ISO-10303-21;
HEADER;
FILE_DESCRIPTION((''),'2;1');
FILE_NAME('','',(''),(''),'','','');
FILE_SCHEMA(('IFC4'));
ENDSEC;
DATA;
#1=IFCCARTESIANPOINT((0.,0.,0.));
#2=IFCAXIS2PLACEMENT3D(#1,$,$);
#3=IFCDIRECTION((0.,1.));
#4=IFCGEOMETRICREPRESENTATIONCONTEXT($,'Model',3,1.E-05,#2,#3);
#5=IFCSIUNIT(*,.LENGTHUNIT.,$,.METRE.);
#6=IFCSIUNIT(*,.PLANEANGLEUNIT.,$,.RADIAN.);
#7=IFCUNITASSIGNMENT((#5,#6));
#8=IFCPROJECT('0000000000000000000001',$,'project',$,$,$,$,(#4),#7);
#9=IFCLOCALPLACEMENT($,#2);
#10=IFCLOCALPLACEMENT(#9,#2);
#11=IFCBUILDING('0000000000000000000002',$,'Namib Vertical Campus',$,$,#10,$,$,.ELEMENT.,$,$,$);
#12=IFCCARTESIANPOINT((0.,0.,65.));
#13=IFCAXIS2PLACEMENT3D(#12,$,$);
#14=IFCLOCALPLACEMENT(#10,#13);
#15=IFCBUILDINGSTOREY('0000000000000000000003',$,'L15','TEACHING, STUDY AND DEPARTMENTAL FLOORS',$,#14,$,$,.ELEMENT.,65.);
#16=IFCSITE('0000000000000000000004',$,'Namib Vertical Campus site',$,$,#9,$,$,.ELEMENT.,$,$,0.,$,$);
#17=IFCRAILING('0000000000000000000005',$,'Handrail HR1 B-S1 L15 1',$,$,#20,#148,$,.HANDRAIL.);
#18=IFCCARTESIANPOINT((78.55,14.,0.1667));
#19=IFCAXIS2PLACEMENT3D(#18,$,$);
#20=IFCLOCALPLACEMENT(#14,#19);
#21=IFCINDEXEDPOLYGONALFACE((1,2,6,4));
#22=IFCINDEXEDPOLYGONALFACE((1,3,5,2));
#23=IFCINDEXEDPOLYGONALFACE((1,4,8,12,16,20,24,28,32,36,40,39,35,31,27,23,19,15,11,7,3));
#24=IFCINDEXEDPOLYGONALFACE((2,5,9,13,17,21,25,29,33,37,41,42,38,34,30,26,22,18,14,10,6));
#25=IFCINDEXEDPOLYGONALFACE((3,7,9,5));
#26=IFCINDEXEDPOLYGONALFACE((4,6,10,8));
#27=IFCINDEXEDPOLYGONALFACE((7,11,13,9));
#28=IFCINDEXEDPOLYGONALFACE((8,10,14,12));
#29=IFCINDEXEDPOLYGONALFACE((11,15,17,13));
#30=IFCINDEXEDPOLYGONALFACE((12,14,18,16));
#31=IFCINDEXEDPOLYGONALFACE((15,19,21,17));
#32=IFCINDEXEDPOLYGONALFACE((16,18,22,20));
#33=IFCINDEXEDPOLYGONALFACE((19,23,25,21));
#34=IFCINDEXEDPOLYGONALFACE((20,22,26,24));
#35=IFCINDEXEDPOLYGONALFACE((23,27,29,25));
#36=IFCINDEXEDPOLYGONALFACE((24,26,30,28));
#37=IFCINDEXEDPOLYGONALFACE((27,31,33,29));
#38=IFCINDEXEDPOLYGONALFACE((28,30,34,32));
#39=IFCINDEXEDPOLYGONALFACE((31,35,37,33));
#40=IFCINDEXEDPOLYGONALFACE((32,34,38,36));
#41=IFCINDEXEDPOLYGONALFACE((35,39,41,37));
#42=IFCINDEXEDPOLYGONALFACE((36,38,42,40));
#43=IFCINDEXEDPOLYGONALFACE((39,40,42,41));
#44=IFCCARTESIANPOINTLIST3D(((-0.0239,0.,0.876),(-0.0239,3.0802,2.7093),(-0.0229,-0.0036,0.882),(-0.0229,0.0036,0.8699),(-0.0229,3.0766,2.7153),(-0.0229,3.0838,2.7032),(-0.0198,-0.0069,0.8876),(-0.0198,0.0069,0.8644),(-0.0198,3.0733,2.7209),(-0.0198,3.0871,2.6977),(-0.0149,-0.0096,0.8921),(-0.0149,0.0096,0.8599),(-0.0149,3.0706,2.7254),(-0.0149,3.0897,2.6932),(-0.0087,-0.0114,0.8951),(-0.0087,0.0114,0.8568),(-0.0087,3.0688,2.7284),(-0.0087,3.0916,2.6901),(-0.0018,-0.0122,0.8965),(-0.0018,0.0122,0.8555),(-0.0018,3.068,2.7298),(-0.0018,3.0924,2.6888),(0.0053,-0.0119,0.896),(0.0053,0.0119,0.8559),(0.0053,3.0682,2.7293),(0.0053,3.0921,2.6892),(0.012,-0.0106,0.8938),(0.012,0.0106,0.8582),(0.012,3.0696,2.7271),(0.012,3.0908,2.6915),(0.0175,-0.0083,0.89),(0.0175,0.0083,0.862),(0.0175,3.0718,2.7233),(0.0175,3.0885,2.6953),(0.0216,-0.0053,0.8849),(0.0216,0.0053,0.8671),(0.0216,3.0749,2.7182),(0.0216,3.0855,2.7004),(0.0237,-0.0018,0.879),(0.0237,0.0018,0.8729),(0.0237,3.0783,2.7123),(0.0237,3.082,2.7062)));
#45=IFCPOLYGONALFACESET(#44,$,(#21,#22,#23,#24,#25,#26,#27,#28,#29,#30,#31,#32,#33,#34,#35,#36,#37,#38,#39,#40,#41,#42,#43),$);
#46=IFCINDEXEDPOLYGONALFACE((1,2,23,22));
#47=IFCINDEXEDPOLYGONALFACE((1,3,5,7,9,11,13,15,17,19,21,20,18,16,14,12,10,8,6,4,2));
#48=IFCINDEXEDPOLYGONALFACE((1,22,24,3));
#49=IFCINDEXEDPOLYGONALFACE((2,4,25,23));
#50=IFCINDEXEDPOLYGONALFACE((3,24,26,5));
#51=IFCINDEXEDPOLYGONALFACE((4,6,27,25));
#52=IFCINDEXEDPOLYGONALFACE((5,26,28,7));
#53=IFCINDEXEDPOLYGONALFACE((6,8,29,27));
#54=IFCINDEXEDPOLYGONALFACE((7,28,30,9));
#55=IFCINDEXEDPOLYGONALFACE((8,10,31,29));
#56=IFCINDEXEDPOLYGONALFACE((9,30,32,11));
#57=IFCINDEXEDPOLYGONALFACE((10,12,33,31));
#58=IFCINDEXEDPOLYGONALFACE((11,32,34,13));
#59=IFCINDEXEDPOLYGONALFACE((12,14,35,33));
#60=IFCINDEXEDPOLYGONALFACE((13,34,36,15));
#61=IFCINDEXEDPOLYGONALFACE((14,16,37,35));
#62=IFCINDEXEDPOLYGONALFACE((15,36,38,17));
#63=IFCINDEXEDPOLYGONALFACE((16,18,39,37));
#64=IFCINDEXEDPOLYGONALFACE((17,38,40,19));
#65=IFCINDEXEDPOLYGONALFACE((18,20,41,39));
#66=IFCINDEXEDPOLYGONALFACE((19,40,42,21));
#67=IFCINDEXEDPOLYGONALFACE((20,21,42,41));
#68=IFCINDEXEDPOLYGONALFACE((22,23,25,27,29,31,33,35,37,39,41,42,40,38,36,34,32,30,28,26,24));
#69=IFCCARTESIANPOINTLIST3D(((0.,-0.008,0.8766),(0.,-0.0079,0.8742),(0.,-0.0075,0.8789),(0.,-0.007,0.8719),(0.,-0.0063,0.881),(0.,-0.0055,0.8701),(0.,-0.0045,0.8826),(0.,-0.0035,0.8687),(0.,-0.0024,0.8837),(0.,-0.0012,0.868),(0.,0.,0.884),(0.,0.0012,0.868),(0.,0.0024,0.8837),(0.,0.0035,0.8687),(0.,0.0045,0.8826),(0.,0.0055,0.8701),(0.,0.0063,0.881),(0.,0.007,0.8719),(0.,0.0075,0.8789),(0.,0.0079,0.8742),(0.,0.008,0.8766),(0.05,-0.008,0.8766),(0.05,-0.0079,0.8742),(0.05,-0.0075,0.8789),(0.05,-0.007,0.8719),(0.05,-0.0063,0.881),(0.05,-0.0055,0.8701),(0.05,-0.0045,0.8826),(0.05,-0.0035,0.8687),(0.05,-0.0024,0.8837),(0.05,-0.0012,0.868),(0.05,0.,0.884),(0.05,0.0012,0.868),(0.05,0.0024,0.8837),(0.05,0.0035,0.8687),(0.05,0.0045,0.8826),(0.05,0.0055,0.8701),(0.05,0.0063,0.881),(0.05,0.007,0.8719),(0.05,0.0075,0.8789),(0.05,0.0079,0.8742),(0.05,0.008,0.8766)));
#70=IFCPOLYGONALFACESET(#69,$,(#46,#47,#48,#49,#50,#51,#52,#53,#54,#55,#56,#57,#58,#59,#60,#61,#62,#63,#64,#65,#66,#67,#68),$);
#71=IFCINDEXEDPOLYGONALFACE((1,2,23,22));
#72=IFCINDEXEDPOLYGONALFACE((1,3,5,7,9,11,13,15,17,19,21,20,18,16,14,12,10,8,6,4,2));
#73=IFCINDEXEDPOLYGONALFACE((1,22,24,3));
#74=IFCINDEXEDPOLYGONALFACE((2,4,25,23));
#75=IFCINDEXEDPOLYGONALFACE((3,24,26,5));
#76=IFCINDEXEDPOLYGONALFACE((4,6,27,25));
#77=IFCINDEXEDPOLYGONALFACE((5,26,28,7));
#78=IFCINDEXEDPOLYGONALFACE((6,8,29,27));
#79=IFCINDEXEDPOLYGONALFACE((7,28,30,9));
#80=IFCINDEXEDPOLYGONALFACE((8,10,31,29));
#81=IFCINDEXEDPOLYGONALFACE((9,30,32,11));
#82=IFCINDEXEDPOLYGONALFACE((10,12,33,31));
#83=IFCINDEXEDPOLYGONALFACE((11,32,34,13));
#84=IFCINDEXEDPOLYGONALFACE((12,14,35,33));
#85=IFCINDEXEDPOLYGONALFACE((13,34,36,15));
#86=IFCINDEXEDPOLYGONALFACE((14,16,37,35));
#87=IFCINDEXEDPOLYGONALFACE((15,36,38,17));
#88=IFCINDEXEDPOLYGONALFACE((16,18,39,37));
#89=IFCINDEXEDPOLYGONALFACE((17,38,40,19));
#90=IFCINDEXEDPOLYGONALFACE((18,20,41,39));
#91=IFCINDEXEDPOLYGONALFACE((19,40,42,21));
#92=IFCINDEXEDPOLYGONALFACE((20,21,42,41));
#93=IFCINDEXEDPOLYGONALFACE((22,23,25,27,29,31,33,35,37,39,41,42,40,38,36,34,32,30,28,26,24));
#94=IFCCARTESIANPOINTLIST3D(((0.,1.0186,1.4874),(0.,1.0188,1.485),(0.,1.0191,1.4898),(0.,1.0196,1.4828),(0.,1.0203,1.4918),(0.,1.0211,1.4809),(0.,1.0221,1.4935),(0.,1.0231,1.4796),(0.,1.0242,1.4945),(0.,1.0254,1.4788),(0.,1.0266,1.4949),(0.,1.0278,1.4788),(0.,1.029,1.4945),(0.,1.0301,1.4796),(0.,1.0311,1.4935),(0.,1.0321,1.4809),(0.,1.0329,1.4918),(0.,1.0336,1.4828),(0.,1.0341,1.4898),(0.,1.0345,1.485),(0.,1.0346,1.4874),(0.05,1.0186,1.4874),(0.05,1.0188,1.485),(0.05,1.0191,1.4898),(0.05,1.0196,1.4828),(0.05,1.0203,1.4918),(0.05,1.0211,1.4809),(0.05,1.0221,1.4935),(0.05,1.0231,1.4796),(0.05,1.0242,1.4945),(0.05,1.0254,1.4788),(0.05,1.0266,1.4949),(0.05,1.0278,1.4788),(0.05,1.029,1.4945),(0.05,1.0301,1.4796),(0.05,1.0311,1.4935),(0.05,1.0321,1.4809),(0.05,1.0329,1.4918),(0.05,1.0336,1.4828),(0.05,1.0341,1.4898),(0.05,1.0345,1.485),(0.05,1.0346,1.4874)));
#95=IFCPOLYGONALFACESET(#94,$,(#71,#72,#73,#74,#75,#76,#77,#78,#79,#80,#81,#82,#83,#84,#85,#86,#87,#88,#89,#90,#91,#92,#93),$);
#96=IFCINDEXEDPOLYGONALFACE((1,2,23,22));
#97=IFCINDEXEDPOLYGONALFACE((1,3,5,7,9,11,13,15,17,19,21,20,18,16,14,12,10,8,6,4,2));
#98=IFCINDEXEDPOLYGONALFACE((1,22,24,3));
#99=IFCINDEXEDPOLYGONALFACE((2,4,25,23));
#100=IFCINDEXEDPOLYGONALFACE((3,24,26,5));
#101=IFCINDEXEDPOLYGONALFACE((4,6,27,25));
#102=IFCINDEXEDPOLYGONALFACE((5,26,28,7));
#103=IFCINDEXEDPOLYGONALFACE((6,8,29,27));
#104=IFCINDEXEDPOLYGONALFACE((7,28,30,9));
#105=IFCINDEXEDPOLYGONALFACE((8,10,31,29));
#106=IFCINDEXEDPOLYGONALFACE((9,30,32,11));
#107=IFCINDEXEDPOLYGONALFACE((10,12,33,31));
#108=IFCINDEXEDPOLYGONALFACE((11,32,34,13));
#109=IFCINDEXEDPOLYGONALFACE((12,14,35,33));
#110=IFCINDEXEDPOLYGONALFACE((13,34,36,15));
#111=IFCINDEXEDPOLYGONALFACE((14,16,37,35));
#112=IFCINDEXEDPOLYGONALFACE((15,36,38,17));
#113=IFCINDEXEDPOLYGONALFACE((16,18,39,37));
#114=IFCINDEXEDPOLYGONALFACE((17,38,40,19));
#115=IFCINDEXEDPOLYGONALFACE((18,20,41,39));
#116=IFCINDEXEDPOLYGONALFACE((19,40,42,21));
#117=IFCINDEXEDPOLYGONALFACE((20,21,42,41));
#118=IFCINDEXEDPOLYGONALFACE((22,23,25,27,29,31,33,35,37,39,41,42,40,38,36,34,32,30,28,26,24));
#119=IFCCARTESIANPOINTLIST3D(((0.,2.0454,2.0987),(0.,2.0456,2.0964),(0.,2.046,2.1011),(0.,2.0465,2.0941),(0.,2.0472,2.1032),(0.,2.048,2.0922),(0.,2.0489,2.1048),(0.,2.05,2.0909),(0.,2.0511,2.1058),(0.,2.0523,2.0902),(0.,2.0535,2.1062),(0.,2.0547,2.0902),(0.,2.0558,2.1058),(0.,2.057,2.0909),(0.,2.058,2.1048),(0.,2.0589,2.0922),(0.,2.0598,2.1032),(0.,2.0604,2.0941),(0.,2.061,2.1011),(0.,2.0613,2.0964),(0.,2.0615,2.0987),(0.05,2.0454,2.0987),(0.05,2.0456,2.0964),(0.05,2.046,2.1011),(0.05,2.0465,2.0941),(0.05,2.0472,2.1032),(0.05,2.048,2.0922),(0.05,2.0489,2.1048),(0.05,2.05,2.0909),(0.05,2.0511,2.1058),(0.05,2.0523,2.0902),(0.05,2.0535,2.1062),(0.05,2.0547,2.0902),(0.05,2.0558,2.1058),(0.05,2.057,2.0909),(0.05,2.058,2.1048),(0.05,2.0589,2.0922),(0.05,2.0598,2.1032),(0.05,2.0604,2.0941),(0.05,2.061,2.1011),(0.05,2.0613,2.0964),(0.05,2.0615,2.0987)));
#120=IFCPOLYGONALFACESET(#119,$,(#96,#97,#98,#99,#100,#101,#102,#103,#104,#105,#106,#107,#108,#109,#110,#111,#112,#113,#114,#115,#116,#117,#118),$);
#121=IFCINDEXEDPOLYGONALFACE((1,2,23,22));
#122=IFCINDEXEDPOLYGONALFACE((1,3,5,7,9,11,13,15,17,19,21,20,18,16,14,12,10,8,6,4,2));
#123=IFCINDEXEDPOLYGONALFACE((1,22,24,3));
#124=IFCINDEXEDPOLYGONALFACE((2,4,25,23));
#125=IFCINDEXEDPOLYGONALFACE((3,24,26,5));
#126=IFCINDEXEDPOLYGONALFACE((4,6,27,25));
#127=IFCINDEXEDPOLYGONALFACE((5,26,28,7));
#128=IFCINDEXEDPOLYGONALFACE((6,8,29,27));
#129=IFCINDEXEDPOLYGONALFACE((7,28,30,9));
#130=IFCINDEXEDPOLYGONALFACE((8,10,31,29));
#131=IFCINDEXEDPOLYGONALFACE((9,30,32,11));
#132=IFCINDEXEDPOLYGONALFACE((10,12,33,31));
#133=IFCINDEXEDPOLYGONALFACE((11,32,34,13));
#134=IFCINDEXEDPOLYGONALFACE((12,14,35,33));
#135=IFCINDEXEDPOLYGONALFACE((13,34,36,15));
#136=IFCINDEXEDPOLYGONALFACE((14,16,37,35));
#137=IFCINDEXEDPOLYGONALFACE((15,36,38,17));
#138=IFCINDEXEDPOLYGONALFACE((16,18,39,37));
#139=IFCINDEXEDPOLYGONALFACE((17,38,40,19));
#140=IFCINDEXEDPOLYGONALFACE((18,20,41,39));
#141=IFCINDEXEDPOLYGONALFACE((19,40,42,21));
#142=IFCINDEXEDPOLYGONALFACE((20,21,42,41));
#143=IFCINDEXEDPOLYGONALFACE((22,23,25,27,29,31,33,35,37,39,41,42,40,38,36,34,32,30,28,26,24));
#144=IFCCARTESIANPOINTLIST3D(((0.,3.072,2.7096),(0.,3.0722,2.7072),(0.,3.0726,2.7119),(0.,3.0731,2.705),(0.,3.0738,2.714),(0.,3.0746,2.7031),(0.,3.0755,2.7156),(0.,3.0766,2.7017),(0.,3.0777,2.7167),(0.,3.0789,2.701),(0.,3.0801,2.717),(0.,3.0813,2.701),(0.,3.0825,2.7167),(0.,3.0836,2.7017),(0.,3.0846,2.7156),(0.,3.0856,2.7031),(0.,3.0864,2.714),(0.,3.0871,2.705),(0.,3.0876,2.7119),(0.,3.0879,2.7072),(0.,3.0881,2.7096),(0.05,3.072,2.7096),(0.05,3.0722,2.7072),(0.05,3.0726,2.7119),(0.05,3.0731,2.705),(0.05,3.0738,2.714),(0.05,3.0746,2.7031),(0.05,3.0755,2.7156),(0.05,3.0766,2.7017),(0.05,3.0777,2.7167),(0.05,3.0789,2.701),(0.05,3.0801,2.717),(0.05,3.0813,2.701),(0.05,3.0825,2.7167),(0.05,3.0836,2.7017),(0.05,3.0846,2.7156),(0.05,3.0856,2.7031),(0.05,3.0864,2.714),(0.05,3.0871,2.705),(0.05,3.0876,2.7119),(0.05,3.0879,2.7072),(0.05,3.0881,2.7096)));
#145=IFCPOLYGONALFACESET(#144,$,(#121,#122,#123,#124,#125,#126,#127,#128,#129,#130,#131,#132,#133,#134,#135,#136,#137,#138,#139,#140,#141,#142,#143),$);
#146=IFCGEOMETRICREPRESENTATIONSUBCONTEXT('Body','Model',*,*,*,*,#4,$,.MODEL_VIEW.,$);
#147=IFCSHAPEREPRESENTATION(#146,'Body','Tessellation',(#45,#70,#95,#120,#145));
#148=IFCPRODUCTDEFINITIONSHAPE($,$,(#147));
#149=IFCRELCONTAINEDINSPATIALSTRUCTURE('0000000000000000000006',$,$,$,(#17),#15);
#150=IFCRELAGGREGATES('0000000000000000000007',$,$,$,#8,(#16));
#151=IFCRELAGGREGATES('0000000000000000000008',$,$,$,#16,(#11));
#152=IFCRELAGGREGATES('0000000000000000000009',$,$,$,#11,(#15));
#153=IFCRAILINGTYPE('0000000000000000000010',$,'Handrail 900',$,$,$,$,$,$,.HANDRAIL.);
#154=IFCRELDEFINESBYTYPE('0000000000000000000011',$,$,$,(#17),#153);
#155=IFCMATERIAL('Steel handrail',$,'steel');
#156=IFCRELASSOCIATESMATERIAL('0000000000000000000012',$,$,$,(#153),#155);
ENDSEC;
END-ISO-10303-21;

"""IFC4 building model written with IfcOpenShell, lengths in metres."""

from ifc_helpers import new_model, si_unit, direction, frame, origin, origin_2d, place, context, subcontext, project, spatial, circle, extrude, material, type_object, element, save


model = new_model("IFC4")

# Units and contexts
model_context = context("Model", 3, precision=1e-05, world=origin(), true_north=direction((0.0, 1.0)))
body_context = subcontext(model_context, "Body", "Model", "MODEL_VIEW")
ifc_project = project(units=[si_unit("LENGTHUNIT", "METRE"), si_unit("PLANEANGLEUNIT", "RADIAN")], contexts=[model_context])

# Site, building, storey
site_placement = place(None, origin())
site = spatial("IfcSite", under=ifc_project, at=site_placement, Name="Namib Vertical Campus site", CompositionType="ELEMENT", RefElevation=0.0)
building_placement = place(site_placement, origin())
building = spatial("IfcBuilding", under=site, at=building_placement, Name="Namib Vertical Campus", CompositionType="ELEMENT")
storey_placement = place(building_placement, frame((0.0, 0.0, 65.0)))
storey = spatial("IfcBuildingStorey", under=building, at=storey_placement, Name="L15", Description="TEACHING, STUDY AND DEPARTMENTAL FLOORS", CompositionType="ELEMENT", Elevation=65.0)

# Railing
ifc_material_1 = material(Name="Steel handrail", Category="steel")
railing_type_1 = type_object("IfcRailingType", Name="Handrail 900", PredefinedType="HANDRAIL", material=ifc_material_1)
railing_1_placement = place(storey_placement, frame((78.55, 14.0, 0.1667)))
element("IfcRailing", 1, at=railing_1_placement, inside=storey, type_object=railing_type_1, Name="Handrail HR1 B-S1 L15 1", PredefinedType="HANDRAIL", context=body_context, shape_type="SweptSolid", body=[
    extrude(circle(Radius=0.0239, at=origin_2d()), frame((0.0, 0.0, 0.876), z_axis=(0.0, 0.859309, 0.511458), x_axis=(-1.0, 0.0, 0.0)), (0.0, 0.0, 1.0), 3.5845),
    extrude(circle(Radius=0.0081, at=origin_2d()), frame((0.0, 0.0, 0.876), z_axis=(1.0, 0.0, 0.0), x_axis=(0.0, 0.0, 1.0)), (0.0, 0.0, 1.0), 0.05),
    extrude(circle(Radius=0.0081, at=origin_2d()), frame((0.0, 1.0266, 1.4868), z_axis=(1.0, 0.0, 0.0), x_axis=(0.0, 0.0, 1.0)), (0.0, 0.0, 1.0), 0.05),
    extrude(circle(Radius=0.0081, at=origin_2d()), frame((0.0, 2.0535, 2.0981), z_axis=(1.0, 0.0, 0.0), x_axis=(0.0, 0.0, 1.0)), (0.0, 0.0, 1.0), 0.05),
    extrude(circle(Radius=0.0081, at=origin_2d()), frame((0.0, 3.0801, 2.709), z_axis=(1.0, 0.0, 0.0), x_axis=(0.0, 0.0, 1.0)), (0.0, 0.0, 1.0), 0.05),
])

save(model, "model.ifc")
